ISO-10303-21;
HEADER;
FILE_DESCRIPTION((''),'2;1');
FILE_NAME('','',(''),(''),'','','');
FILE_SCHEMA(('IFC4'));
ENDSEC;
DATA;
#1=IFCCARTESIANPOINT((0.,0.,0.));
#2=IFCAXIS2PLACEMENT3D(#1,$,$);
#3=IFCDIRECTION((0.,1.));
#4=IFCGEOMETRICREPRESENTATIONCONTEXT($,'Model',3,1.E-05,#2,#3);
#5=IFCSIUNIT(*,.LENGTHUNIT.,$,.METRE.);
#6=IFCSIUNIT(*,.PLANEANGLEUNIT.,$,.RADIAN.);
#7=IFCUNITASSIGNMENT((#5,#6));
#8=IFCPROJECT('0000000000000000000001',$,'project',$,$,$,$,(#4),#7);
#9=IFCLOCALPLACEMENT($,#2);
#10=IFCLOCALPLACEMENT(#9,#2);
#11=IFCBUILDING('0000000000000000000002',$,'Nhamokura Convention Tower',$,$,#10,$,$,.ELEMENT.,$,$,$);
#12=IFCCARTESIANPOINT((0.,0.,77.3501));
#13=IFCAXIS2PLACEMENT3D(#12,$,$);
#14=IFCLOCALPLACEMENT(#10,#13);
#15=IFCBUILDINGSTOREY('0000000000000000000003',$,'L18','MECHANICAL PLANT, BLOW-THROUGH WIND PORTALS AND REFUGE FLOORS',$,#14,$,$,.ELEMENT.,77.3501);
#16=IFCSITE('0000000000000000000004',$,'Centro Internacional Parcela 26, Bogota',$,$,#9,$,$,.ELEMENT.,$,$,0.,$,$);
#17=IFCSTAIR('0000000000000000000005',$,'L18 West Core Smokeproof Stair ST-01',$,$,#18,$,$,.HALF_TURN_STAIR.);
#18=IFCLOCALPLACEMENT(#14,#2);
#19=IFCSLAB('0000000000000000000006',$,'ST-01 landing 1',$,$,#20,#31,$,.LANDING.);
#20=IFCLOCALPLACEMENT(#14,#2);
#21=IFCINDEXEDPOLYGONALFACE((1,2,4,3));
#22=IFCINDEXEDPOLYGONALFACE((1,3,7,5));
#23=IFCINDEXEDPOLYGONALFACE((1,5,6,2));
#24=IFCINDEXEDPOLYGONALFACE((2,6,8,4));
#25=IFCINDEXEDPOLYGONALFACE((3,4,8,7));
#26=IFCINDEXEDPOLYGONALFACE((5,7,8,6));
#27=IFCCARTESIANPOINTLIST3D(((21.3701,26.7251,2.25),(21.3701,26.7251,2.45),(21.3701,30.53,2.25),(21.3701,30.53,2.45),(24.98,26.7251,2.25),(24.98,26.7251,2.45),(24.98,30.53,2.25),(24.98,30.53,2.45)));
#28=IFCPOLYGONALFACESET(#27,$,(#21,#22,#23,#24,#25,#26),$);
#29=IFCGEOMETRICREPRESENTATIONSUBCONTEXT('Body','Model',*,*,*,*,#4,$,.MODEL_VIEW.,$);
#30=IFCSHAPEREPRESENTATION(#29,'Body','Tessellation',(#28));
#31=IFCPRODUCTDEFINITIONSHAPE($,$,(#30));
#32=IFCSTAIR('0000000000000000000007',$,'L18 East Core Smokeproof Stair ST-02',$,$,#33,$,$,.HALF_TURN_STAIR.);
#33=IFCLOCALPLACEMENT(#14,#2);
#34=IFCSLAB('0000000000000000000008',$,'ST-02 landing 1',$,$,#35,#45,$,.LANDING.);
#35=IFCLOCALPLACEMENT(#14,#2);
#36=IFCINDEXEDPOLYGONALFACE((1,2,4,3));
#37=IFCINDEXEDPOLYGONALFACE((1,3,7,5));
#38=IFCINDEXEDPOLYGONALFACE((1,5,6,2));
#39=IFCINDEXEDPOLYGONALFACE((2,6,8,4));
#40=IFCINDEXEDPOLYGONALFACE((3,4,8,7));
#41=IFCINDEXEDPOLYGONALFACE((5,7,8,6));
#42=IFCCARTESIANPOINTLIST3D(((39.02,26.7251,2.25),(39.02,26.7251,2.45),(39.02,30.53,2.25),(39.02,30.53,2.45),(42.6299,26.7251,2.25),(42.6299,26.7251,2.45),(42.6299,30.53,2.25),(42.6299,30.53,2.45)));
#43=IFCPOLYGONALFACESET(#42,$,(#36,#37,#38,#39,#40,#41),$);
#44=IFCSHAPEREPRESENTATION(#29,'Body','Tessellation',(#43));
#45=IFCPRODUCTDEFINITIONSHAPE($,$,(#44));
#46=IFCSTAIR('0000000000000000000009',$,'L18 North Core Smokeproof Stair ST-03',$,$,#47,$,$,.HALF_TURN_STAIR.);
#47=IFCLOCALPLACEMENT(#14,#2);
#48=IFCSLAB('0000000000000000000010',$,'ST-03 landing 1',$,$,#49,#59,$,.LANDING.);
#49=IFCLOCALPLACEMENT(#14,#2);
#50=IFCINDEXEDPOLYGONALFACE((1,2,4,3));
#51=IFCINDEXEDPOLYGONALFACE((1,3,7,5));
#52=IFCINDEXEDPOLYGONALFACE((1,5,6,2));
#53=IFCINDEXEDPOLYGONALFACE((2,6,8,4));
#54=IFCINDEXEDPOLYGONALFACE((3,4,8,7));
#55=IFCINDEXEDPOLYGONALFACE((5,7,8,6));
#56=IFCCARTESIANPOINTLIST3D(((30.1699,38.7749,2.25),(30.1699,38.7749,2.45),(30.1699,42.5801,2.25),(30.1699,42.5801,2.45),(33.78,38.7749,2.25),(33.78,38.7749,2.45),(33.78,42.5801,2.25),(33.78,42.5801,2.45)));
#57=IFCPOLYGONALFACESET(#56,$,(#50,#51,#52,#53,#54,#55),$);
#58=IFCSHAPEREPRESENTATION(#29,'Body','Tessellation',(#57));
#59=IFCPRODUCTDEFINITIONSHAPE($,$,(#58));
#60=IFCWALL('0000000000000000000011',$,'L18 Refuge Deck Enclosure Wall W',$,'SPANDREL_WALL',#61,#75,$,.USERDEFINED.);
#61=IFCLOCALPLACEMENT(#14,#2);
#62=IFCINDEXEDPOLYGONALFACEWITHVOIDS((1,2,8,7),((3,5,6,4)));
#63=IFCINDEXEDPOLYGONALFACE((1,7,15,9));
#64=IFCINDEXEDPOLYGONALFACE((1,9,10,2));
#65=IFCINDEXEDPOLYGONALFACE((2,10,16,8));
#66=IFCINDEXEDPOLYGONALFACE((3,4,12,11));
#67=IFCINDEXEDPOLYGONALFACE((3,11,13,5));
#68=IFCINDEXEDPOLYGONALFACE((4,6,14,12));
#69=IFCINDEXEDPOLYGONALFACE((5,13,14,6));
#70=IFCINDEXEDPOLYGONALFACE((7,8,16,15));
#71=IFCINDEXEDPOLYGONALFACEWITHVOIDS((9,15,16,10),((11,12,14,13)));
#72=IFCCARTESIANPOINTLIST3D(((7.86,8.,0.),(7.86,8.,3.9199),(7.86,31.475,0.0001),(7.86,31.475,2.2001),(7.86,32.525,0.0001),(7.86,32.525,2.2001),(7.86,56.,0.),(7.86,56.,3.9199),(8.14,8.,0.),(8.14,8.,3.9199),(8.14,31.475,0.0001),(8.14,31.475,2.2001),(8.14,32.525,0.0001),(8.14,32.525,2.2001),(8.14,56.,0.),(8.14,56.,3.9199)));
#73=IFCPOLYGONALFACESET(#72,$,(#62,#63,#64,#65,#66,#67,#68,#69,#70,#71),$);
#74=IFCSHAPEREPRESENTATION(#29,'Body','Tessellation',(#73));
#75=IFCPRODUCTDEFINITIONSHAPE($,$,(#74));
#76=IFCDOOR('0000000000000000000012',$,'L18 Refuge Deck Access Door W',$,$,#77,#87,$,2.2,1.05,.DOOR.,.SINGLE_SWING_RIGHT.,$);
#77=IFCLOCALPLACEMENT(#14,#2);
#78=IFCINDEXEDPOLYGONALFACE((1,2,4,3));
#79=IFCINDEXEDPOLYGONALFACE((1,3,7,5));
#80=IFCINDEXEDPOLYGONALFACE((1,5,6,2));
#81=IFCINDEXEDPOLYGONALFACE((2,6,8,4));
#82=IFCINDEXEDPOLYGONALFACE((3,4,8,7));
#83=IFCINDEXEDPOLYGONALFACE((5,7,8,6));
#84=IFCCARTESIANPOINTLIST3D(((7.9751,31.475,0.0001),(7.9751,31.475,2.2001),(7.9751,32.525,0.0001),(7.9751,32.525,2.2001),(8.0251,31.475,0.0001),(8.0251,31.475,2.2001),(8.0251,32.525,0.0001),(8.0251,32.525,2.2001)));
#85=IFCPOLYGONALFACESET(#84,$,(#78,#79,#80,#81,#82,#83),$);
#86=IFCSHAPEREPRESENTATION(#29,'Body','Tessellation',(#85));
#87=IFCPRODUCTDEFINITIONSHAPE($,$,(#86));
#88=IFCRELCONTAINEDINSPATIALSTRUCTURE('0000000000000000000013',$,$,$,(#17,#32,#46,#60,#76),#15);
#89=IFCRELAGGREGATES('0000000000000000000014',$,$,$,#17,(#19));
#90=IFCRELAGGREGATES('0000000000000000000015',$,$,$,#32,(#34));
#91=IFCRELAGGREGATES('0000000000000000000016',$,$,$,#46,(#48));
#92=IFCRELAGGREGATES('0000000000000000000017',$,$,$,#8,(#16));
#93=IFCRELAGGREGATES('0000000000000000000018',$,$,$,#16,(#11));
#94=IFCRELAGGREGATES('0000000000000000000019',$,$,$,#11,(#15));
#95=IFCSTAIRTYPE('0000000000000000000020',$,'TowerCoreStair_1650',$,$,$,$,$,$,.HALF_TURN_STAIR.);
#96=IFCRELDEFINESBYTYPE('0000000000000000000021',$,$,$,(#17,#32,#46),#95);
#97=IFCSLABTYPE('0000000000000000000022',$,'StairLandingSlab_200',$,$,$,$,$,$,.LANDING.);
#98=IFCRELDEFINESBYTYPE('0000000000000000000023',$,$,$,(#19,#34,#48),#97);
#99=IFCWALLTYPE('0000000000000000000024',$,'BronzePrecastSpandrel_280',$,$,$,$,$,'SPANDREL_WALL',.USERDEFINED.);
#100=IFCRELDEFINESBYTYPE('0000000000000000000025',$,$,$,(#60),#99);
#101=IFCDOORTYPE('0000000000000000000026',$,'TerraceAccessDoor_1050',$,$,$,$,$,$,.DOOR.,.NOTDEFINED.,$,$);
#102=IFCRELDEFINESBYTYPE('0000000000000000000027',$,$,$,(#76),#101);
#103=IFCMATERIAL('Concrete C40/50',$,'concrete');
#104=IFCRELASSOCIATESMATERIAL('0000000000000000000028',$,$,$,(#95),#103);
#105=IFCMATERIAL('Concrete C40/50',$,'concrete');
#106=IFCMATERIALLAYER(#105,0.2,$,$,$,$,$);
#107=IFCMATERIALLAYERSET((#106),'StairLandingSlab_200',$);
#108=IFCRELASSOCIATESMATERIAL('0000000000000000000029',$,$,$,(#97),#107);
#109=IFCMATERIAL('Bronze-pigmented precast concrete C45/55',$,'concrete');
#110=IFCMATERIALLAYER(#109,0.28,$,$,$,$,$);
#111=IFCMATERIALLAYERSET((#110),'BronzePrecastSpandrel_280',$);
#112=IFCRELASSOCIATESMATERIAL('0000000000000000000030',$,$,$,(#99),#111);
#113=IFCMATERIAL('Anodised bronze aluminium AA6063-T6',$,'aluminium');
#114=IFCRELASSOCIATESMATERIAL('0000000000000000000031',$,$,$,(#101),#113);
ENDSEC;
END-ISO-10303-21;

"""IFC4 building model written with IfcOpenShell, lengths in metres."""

from ifc_helpers import new_model, si_unit, direction, frame, frame_2d, origin, place, context, subcontext, project, spatial, polyline, rectangle, outline, extrude, material, layer, layer_set, type_object, element, fill, aggregate, save


model = new_model("IFC4")

# Units and contexts
model_context = context("Model", 3, precision=1e-05, world=origin(), true_north=direction((0.0, 1.0)))
body_context = subcontext(model_context, "Body", "Model", "MODEL_VIEW")
ifc_project = project(units=[si_unit("LENGTHUNIT", "METRE"), si_unit("PLANEANGLEUNIT", "RADIAN")], contexts=[model_context])

# Site, building, storey
site_placement = place(None, origin())
site = spatial("IfcSite", under=ifc_project, at=site_placement, Name="Centro Internacional Parcela 26, Bogota", CompositionType="ELEMENT", RefElevation=0.0)
building_placement = place(site_placement, origin())
building = spatial("IfcBuilding", under=site, at=building_placement, Name="Nhamokura Convention Tower", CompositionType="ELEMENT")
storey_placement = place(building_placement, frame((0.0, 0.0, 77.3501)))
storey = spatial("IfcBuildingStorey", under=building, at=storey_placement, Name="L18", Description="MECHANICAL PLANT, BLOW-THROUGH WIND PORTALS AND REFUGE FLOORS", CompositionType="ELEMENT", Elevation=77.3501)

# Stairs, slabs
ifc_material_1 = material(Name="Concrete C40/50", Category="concrete")
stair_type = type_object("IfcStairType", Name="TowerCoreStair_1650", PredefinedType="HALF_TURN_STAIR", material=ifc_material_1)
stair_1_placement = place(storey_placement, origin())
stair_1 = element("IfcStair", 1, at=stair_1_placement, inside=storey, type_object=stair_type, Name="L18 West Core Smokeproof Stair ST-01", PredefinedType="HALF_TURN_STAIR")
ifc_material_2 = material(Name="Concrete C40/50", Category="concrete")
ifc_layer_1 = layer(ifc_material_2, 0.2)
ifc_layer_set_1 = layer_set([ifc_layer_1], Name="StairLandingSlab_200")
slab_type_1 = type_object("IfcSlabType", Name="StairLandingSlab_200", PredefinedType="LANDING", material=ifc_layer_set_1)
slab_1_placement = place(storey_placement, frame((0.0, 0.0, 2.25)))
slab_1 = element("IfcSlab", 2, at=slab_1_placement, type_object=slab_type_1, Name="ST-01 landing 1", PredefinedType="LANDING", context=body_context, shape_type="SweptSolid", body=[
    extrude(outline(polyline([(24.98, 26.7251), (24.98, 30.53), (21.3701, 30.53), (21.3701, 26.7251), (24.98, 26.7251)])), origin(), (0.0, 0.0, 1.0), 0.2),
])
aggregate(stair_1, [slab_1])
stair_2_placement = place(storey_placement, origin())
stair_2 = element("IfcStair", 3, at=stair_2_placement, inside=storey, type_object=stair_type, Name="L18 East Core Smokeproof Stair ST-02", PredefinedType="HALF_TURN_STAIR")
slab_2_placement = place(storey_placement, frame((0.0, 0.0, 2.25)))
slab_2 = element("IfcSlab", 4, at=slab_2_placement, type_object=slab_type_1, Name="ST-02 landing 1", PredefinedType="LANDING", context=body_context, shape_type="SweptSolid", body=[
    extrude(outline(polyline([(42.6299, 26.7251), (42.6299, 30.53), (39.02, 30.53), (39.02, 26.7251), (42.6299, 26.7251)])), origin(), (0.0, 0.0, 1.0), 0.2),
])
aggregate(stair_2, [slab_2])
stair_3_placement = place(storey_placement, origin())
stair_3 = element("IfcStair", 5, at=stair_3_placement, inside=storey, type_object=stair_type, Name="L18 North Core Smokeproof Stair ST-03", PredefinedType="HALF_TURN_STAIR")
slab_3_placement = place(storey_placement, frame((0.0, 0.0, 2.25)))
slab_3 = element("IfcSlab", 6, at=slab_3_placement, type_object=slab_type_1, Name="ST-03 landing 1", PredefinedType="LANDING", context=body_context, shape_type="SweptSolid", body=[
    extrude(outline(polyline([(33.78, 38.7749), (33.78, 42.5801), (30.1699, 42.5801), (30.1699, 38.7749), (33.78, 38.7749)])), origin(), (0.0, 0.0, 1.0), 0.2),
])
aggregate(stair_3, [slab_3])

# Wall, opening, door
ifc_material_3 = material(Name="Bronze-pigmented precast concrete C45/55", Category="concrete")
ifc_layer_2 = layer(ifc_material_3, 0.28)
ifc_layer_set_2 = layer_set([ifc_layer_2], Name="BronzePrecastSpandrel_280")
wall_type = type_object("IfcWallType", Name="BronzePrecastSpandrel_280", ElementType="SPANDREL_WALL", PredefinedType="USERDEFINED", material=ifc_layer_set_2)
wall_placement = place(storey_placement, frame((8.0, 8.0, 0.0), z_axis=(0.0, 0.0, 1.0), x_axis=(0.0, 1.0, 0.0)))
wall = element("IfcWall", 7, at=wall_placement, inside=storey, type_object=wall_type, Name="L18 Refuge Deck Enclosure Wall W", ObjectType="SPANDREL_WALL", PredefinedType="USERDEFINED", context=body_context, shape_type="SweptSolid", body=[
    extrude(rectangle(XDim=48.0, YDim=0.28, at=frame_2d((24.0, 0.0))), origin(), (0.0, 0.0, 1.0), 3.9199),
])
opening_placement = place(wall_placement, frame((23.4751, 0.0, 0.0)))
opening = element("IfcOpeningElement", 8, at=opening_placement, cuts=wall, PredefinedType="OPENING", context=body_context, shape_type="SweptSolid", body=[
    extrude(rectangle(XDim=1.05, YDim=2.2, at=frame_2d((0.5249, 1.1001))), frame((0.0, 0.1499, 0.0), z_axis=(0.0, -1.0, 0.0), x_axis=(1.0, 0.0, 0.0)), (0.0, 0.0, 1.0), 0.3),
])
ifc_material_4 = material(Name="Anodised bronze aluminium AA6063-T6", Category="aluminium")
door_type = type_object("IfcDoorType", Name="TerraceAccessDoor_1050", OperationType="NOTDEFINED", PredefinedType="DOOR", material=ifc_material_4)
door_placement = place(opening_placement, origin())
door = element("IfcDoor", 9, at=door_placement, inside=storey, type_object=door_type, Name="L18 Refuge Deck Access Door W", OperationType="SINGLE_SWING_RIGHT", OverallHeight=2.2, OverallWidth=1.05, PredefinedType="DOOR", context=body_context, shape_type="SweptSolid", body=[
    extrude(rectangle(XDim=1.05, YDim=2.2, at=frame_2d((0.5249, 1.1001))), frame((0.0, 0.0249, 0.0), z_axis=(0.0, -1.0, 0.0), x_axis=(1.0, 0.0, 0.0)), (0.0, 0.0, 1.0), 0.05),
])
fill(opening, door)

save(model, "model.ifc")
